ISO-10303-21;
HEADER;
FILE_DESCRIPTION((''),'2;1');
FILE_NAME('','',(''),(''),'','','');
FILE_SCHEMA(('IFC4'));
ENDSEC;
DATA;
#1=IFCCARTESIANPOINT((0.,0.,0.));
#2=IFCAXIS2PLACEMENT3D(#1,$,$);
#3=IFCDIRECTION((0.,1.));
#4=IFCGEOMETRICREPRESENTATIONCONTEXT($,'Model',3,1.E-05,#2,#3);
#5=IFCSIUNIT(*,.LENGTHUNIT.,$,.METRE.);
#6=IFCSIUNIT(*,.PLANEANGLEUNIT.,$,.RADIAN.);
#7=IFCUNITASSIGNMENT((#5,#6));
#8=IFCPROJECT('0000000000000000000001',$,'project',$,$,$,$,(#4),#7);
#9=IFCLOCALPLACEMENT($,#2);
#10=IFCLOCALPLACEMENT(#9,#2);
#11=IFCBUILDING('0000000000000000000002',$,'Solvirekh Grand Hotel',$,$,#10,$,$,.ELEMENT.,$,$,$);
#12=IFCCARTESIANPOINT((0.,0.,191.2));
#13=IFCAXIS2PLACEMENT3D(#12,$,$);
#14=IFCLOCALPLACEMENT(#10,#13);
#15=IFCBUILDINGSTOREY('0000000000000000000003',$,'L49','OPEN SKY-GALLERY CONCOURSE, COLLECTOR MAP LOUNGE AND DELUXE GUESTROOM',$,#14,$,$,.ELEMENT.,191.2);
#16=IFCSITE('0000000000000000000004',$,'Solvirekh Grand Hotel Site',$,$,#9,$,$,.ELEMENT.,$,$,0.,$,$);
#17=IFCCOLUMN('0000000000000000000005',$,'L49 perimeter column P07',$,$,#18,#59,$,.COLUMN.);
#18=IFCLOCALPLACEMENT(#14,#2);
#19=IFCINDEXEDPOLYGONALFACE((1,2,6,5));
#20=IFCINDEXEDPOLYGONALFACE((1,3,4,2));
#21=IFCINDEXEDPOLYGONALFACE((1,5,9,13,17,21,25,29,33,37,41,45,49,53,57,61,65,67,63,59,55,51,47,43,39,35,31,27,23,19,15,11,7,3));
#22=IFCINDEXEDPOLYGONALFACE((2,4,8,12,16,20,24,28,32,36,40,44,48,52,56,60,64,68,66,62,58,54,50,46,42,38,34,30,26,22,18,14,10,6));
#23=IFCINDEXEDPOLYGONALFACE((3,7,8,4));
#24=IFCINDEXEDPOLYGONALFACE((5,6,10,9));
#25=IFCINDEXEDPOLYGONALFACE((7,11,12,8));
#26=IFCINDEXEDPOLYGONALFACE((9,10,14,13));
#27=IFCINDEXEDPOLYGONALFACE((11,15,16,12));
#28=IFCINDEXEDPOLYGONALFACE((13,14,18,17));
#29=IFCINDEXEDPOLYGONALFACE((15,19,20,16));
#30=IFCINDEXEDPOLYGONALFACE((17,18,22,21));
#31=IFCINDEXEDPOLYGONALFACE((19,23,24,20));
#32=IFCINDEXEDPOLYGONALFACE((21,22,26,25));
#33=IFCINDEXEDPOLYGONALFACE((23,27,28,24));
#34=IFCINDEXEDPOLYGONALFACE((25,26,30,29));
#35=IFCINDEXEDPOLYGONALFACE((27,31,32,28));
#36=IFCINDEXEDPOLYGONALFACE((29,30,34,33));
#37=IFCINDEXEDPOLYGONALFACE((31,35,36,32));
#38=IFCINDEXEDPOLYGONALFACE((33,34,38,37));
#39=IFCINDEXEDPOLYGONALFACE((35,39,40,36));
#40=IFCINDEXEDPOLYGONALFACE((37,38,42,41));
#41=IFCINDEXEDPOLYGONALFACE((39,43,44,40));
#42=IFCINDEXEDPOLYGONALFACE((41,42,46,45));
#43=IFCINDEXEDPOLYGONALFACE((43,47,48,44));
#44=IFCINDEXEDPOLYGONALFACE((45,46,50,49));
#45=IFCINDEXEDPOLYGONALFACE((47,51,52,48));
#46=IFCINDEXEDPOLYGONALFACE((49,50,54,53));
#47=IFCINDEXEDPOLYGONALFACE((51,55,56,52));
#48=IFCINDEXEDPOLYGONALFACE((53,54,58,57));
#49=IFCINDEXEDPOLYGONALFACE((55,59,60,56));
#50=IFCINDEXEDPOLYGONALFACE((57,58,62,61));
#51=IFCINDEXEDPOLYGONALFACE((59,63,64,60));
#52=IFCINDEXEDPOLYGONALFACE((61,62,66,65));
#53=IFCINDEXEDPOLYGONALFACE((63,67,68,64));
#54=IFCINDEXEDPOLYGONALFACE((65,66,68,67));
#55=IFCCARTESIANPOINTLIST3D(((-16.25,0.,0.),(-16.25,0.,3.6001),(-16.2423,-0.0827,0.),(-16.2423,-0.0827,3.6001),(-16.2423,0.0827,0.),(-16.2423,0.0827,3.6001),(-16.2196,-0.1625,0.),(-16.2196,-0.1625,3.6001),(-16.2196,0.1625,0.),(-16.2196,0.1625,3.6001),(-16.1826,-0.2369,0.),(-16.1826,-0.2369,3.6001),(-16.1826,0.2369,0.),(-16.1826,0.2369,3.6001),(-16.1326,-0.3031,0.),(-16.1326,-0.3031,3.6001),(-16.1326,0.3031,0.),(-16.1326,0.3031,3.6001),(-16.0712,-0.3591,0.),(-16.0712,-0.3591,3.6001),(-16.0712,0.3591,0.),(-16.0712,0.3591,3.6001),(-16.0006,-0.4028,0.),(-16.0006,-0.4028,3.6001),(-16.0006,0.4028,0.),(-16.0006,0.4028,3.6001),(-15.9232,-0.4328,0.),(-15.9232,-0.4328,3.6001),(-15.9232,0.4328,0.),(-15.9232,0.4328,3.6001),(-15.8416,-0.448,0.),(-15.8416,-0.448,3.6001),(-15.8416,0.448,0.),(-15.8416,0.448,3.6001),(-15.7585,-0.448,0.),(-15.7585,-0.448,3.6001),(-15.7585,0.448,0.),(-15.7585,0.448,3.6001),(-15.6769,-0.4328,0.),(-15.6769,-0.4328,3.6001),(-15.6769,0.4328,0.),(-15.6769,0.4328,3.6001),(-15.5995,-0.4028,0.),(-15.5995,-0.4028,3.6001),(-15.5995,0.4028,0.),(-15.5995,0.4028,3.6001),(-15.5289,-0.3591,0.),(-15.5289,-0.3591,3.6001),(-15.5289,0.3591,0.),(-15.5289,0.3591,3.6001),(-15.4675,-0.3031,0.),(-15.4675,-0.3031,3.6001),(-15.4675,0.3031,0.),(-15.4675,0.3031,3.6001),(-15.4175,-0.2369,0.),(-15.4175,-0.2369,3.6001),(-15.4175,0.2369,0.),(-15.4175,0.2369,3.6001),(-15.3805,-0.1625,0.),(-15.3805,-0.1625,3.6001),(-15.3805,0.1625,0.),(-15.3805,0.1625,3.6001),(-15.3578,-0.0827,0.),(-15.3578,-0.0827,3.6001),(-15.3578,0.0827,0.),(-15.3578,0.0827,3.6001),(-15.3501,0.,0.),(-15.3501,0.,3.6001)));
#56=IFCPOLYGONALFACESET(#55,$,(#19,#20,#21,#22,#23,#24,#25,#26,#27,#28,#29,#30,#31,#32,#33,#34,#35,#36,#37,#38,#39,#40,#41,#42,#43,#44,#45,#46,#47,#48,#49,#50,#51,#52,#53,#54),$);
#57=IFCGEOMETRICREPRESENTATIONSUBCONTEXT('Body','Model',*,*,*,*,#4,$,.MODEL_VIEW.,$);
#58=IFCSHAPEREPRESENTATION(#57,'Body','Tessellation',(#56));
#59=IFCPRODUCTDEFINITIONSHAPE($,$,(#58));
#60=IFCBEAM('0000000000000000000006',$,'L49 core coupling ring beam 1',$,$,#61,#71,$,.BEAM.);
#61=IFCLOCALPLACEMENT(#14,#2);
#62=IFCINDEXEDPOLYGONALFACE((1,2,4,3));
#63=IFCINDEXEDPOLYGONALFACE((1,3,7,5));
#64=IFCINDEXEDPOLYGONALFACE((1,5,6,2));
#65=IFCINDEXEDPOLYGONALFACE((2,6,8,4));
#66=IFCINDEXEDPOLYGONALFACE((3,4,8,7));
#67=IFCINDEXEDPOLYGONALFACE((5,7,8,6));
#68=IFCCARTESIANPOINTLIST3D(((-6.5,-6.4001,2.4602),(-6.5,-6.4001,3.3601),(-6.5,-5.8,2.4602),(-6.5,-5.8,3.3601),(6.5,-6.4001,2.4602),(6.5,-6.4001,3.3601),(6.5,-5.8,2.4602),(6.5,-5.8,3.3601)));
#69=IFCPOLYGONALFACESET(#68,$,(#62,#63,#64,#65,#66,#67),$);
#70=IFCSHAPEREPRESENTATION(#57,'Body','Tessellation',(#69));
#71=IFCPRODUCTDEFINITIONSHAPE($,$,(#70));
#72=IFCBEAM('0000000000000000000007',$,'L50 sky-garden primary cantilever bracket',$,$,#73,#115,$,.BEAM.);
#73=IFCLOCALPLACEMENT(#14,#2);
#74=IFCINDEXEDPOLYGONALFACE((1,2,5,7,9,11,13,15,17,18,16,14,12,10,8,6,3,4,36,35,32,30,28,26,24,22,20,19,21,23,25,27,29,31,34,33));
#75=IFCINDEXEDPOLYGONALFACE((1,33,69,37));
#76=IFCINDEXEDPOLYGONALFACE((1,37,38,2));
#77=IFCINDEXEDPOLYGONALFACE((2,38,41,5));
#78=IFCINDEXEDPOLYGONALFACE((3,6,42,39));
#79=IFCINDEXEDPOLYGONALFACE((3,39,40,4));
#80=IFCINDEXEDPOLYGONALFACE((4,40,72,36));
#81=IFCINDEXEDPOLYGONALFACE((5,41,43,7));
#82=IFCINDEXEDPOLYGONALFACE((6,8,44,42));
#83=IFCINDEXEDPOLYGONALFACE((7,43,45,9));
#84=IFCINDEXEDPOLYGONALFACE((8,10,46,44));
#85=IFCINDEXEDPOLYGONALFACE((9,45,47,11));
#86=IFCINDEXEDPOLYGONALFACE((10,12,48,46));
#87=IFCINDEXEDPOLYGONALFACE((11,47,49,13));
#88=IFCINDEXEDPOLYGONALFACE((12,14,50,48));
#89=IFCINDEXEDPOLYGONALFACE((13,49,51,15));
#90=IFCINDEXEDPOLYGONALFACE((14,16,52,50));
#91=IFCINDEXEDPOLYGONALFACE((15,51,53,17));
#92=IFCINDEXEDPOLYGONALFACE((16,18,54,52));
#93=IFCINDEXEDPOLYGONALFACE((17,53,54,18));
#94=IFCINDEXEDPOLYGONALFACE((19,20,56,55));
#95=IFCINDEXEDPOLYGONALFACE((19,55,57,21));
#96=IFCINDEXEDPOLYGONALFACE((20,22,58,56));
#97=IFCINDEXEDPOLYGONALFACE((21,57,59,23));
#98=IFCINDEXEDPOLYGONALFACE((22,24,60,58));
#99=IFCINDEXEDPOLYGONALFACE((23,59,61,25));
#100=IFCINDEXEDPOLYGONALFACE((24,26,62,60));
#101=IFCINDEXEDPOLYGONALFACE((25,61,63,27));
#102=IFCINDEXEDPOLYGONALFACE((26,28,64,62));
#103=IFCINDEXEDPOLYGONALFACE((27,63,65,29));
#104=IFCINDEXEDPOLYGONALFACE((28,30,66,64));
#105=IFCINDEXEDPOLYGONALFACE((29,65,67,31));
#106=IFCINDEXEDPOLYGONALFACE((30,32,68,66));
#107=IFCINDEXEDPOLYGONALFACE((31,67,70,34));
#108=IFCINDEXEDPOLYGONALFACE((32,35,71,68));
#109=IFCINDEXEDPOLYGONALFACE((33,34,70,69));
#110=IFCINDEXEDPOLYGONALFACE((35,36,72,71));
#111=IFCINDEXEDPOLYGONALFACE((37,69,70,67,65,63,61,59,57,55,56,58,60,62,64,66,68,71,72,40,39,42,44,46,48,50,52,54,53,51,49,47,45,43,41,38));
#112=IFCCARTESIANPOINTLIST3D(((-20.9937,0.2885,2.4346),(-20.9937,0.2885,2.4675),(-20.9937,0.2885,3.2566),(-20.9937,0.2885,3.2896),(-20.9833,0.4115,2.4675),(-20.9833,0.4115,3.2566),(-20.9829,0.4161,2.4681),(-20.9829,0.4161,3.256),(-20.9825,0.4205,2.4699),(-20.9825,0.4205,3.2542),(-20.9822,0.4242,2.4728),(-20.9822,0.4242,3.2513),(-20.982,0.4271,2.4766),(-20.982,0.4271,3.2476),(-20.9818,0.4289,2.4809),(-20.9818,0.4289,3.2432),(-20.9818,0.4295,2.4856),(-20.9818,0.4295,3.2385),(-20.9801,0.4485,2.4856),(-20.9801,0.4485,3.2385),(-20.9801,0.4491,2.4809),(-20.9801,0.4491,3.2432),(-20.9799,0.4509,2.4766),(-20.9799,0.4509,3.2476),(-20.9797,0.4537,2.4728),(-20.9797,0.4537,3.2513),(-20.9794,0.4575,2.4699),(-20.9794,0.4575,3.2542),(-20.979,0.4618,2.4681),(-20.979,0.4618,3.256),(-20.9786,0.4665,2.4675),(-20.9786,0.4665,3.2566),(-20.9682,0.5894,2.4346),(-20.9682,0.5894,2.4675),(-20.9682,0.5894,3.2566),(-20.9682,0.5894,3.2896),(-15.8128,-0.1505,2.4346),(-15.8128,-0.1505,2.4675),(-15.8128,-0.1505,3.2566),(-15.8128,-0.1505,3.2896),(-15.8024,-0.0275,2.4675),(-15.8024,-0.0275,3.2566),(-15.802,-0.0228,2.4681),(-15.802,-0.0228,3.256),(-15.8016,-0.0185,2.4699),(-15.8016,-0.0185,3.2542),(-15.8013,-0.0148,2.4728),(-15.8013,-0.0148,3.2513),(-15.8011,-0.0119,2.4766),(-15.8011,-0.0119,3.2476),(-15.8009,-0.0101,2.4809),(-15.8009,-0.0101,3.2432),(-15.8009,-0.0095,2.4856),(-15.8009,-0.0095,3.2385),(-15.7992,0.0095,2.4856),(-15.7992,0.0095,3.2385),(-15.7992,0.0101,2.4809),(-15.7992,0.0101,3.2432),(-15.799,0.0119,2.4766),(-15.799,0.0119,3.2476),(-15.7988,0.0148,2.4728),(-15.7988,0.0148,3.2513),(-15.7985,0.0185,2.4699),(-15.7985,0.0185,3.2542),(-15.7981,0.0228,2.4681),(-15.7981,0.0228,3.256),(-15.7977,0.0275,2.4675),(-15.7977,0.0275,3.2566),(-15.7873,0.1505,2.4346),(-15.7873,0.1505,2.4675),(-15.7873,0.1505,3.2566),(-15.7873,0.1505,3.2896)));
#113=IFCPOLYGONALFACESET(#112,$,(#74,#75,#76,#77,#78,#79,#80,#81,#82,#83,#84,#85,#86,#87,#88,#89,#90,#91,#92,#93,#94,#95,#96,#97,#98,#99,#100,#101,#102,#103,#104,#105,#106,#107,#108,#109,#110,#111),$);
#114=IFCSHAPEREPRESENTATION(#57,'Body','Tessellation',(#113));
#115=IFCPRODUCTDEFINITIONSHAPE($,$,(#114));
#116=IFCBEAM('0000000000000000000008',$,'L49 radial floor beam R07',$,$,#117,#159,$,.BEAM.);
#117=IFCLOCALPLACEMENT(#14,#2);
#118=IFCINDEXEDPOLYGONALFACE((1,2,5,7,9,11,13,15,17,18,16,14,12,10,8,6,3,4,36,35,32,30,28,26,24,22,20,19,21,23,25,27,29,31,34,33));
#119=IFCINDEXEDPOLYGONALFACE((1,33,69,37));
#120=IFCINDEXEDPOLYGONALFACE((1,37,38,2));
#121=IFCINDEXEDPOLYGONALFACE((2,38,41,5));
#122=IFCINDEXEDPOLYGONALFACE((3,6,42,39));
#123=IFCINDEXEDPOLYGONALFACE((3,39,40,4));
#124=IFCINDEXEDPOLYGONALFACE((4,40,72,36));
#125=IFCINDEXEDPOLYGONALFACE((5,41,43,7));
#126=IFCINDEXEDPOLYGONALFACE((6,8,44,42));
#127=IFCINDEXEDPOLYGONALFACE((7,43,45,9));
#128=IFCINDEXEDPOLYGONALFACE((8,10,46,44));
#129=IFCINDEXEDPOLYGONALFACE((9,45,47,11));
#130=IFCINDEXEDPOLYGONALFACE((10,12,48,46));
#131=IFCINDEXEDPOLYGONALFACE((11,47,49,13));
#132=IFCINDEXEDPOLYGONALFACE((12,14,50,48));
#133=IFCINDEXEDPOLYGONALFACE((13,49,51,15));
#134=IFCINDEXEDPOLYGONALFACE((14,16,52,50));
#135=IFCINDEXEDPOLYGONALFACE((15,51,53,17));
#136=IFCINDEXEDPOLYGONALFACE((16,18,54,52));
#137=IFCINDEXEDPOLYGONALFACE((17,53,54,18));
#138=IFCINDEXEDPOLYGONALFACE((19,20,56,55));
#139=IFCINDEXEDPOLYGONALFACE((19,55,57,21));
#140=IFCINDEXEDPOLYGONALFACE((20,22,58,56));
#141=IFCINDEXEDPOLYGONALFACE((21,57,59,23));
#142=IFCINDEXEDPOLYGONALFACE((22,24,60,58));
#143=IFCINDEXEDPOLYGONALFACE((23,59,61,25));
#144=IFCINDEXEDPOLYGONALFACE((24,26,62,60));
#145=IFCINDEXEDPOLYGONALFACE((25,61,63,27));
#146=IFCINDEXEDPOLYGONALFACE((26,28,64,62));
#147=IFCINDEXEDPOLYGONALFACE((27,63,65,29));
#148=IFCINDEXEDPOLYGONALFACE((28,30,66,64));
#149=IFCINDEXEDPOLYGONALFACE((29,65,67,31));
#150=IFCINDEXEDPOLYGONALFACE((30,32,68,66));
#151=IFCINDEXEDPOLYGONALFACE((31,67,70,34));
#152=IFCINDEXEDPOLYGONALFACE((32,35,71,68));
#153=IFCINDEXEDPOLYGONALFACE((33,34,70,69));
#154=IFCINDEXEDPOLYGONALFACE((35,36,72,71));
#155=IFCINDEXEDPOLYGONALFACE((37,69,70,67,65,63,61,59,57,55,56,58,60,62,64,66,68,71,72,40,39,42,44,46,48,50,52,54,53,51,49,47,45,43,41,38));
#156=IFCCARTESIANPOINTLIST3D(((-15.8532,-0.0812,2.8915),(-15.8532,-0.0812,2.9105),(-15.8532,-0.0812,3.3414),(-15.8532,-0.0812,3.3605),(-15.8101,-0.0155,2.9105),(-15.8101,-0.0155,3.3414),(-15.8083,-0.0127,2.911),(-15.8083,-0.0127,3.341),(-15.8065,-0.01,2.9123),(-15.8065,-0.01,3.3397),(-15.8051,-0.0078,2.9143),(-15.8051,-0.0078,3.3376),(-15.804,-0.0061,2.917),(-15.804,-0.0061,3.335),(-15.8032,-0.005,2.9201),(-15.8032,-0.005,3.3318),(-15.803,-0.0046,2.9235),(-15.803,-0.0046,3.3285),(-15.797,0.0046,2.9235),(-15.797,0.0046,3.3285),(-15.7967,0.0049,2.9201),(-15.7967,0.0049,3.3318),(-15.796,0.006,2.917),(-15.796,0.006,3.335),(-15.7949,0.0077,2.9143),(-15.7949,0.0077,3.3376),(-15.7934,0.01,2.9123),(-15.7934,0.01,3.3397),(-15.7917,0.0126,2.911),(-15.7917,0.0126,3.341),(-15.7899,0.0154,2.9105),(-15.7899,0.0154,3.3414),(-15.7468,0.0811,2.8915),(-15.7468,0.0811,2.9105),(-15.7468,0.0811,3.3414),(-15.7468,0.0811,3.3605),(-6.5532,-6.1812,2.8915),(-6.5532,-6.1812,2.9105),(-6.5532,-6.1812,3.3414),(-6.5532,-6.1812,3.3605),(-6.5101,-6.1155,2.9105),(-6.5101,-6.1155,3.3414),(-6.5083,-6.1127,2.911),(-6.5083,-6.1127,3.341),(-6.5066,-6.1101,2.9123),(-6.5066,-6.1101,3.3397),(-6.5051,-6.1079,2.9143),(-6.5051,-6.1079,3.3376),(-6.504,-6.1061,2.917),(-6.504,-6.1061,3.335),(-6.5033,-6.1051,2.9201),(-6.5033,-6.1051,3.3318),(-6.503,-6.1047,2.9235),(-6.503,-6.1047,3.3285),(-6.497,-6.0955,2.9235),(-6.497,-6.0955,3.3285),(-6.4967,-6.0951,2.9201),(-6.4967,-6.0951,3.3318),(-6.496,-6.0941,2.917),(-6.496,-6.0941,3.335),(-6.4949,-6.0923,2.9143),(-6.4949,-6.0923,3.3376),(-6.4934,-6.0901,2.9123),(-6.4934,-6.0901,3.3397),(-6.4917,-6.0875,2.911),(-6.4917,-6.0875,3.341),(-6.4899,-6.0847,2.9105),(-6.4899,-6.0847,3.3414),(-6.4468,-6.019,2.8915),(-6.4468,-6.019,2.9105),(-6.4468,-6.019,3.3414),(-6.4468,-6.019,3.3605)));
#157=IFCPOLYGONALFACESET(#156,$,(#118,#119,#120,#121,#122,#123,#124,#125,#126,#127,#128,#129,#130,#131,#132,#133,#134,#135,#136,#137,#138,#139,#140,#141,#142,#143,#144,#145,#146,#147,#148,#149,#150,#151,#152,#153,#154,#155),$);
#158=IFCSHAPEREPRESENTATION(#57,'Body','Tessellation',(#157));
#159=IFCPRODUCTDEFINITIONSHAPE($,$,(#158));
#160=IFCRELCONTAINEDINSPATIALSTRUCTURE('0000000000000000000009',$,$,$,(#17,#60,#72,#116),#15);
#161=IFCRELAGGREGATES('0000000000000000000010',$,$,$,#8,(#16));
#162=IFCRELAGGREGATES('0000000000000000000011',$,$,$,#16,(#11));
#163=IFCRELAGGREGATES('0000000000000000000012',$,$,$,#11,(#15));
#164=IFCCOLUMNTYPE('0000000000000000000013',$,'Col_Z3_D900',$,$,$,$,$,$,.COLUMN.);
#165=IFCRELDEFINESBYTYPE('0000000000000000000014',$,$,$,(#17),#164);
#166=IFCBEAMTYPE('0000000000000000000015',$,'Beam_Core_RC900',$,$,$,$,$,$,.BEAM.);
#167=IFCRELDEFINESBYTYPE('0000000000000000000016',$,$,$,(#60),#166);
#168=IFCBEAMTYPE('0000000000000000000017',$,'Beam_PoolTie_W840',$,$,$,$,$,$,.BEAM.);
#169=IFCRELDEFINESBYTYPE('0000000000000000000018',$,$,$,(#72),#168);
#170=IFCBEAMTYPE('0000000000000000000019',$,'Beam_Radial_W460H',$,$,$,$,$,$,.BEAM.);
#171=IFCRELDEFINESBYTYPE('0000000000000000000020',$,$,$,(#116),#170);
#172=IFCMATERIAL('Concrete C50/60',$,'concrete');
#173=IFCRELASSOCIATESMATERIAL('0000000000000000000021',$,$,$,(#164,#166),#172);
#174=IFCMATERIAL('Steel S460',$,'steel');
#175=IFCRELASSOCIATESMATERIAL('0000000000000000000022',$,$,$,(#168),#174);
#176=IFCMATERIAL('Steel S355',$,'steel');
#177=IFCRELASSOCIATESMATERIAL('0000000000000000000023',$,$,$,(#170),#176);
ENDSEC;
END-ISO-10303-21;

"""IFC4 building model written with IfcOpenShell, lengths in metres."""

from ifc_helpers import new_model, si_unit, direction, frame, origin, origin_2d, place, context, subcontext, project, spatial, rectangle, circle, i_section, extrude, material, material_profile, profile_set, type_object, element, save


model = new_model("IFC4")

# Units and contexts
model_context = context("Model", 3, precision=1e-05, world=origin(), true_north=direction((0.0, 1.0)))
body_context = subcontext(model_context, "Body", "Model", "MODEL_VIEW")
ifc_project = project(units=[si_unit("LENGTHUNIT", "METRE"), si_unit("PLANEANGLEUNIT", "RADIAN")], contexts=[model_context])

# Site, building, storey
site_placement = place(None, origin())
site = spatial("IfcSite", under=ifc_project, at=site_placement, Name="Solvirekh Grand Hotel Site", CompositionType="ELEMENT", RefElevation=0.0)
building_placement = place(site_placement, origin())
building = spatial("IfcBuilding", under=site, at=building_placement, Name="Solvirekh Grand Hotel", CompositionType="ELEMENT")
storey_placement = place(building_placement, frame((0.0, 0.0, 191.2)))
storey = spatial("IfcBuildingStorey", under=building, at=storey_placement, Name="L49", Description="OPEN SKY-GALLERY CONCOURSE, COLLECTOR MAP LOUNGE AND DELUXE GUESTROOM", CompositionType="ELEMENT", Elevation=191.2)

# Column
ifc_material_1 = material(Name="Concrete C50/60", Category="concrete")
ifc_material_profile_1 = material_profile(ifc_material_1, circle(Radius=0.45, at=origin_2d()), Name="RC CIRC D900")
ifc_profile_set_1 = profile_set([ifc_material_profile_1], Name="Concrete C50/60")
column_type = type_object("IfcColumnType", Name="Col_Z3_D900", PredefinedType="COLUMN", material=ifc_profile_set_1)
column_placement = place(storey_placement, frame((-15.8, 0.0, 0.0), z_axis=(0.0, 0.0, 1.0), x_axis=(1.0, 0.0, 0.0)))
element("IfcColumn", 1, at=column_placement, inside=storey, type_object=column_type, Name="L49 perimeter column P07", PredefinedType="COLUMN", context=body_context, shape_type="SweptSolid", body=[
    extrude(circle(Radius=0.45, at=origin_2d()), origin(), (0.0, 0.0, 1.0), 3.6001),
])

# Beams
ifc_material_profile_2 = material_profile(ifc_material_1, rectangle(XDim=0.6001, YDim=0.8999, at=origin_2d()), Name="RC BEAM 600X900")
ifc_profile_set_2 = profile_set([ifc_material_profile_2], Name="Concrete C50/60")
beam_type_1 = type_object("IfcBeamType", Name="Beam_Core_RC900", PredefinedType="BEAM", material=ifc_profile_set_2)
beam_1_placement = place(storey_placement, frame((-6.5, -6.1001, 2.9102), z_axis=(1.0, 0.0, 0.0), x_axis=(0.0, 1.0, 0.0)))
element("IfcBeam", 2, at=beam_1_placement, inside=storey, type_object=beam_type_1, Name="L49 core coupling ring beam 1", PredefinedType="BEAM", context=body_context, shape_type="SweptSolid", body=[
    extrude(rectangle(XDim=0.6001, YDim=0.8999, at=origin_2d()), origin(), (0.0, 0.0, 1.0), 13.0),
])
ifc_material_2 = material(Name="Steel S460", Category="steel")
ifc_material_profile_3 = material_profile(ifc_material_2, i_section(OverallWidth=0.302, OverallDepth=0.855, WebThickness=0.019, FlangeThickness=0.033, FilletRadius=0.0181, at=origin_2d()), Name="W840X299")
ifc_profile_set_3 = profile_set([ifc_material_profile_3], Name="Steel S460")
beam_type_2 = type_object("IfcBeamType", Name="Beam_PoolTie_W840", PredefinedType="BEAM", material=ifc_profile_set_3)
beam_2_placement = place(storey_placement, frame((-15.8, 0.0, 2.8621), z_axis=(-0.99643, 0.084425, 0.0), x_axis=(-0.084425, -0.99643, 0.0)))
element("IfcBeam", 3, at=beam_2_placement, inside=storey, type_object=beam_type_2, Name="L50 sky-garden primary cantilever bracket", PredefinedType="BEAM", context=body_context, shape_type="SweptSolid", body=[
    extrude(i_section(OverallWidth=0.302, OverallDepth=0.855, WebThickness=0.019, FlangeThickness=0.033, FilletRadius=0.0181, at=origin_2d()), origin(), (0.0, 0.0, 1.0), 5.1995),
])
ifc_material_3 = material(Name="Steel S355", Category="steel")
ifc_material_profile_4 = material_profile(ifc_material_3, i_section(OverallWidth=0.1941, OverallDepth=0.469, WebThickness=0.011, FlangeThickness=0.019, FilletRadius=0.0129, at=origin_2d()), Name="W460X106")
ifc_profile_set_4 = profile_set([ifc_material_profile_4], Name="Steel S355")
beam_type_3 = type_object("IfcBeamType", Name="Beam_Radial_W460H", PredefinedType="BEAM", material=ifc_profile_set_4)
beam_3_placement = place(storey_placement, frame((-6.5, -6.1001, 3.126), z_axis=(-0.836174, 0.548464, 0.0), x_axis=(-0.548464, -0.836174, 0.0)))
element("IfcBeam", 4, at=beam_3_placement, inside=storey, type_object=beam_type_3, Name="L49 radial floor beam R07", PredefinedType="BEAM", context=body_context, shape_type="SweptSolid", body=[
    extrude(i_section(OverallWidth=0.1941, OverallDepth=0.469, WebThickness=0.011, FlangeThickness=0.019, FilletRadius=0.0129, at=origin_2d()), origin(), (0.0, 0.0, 1.0), 11.1221),
])

save(model, "model.ifc")
